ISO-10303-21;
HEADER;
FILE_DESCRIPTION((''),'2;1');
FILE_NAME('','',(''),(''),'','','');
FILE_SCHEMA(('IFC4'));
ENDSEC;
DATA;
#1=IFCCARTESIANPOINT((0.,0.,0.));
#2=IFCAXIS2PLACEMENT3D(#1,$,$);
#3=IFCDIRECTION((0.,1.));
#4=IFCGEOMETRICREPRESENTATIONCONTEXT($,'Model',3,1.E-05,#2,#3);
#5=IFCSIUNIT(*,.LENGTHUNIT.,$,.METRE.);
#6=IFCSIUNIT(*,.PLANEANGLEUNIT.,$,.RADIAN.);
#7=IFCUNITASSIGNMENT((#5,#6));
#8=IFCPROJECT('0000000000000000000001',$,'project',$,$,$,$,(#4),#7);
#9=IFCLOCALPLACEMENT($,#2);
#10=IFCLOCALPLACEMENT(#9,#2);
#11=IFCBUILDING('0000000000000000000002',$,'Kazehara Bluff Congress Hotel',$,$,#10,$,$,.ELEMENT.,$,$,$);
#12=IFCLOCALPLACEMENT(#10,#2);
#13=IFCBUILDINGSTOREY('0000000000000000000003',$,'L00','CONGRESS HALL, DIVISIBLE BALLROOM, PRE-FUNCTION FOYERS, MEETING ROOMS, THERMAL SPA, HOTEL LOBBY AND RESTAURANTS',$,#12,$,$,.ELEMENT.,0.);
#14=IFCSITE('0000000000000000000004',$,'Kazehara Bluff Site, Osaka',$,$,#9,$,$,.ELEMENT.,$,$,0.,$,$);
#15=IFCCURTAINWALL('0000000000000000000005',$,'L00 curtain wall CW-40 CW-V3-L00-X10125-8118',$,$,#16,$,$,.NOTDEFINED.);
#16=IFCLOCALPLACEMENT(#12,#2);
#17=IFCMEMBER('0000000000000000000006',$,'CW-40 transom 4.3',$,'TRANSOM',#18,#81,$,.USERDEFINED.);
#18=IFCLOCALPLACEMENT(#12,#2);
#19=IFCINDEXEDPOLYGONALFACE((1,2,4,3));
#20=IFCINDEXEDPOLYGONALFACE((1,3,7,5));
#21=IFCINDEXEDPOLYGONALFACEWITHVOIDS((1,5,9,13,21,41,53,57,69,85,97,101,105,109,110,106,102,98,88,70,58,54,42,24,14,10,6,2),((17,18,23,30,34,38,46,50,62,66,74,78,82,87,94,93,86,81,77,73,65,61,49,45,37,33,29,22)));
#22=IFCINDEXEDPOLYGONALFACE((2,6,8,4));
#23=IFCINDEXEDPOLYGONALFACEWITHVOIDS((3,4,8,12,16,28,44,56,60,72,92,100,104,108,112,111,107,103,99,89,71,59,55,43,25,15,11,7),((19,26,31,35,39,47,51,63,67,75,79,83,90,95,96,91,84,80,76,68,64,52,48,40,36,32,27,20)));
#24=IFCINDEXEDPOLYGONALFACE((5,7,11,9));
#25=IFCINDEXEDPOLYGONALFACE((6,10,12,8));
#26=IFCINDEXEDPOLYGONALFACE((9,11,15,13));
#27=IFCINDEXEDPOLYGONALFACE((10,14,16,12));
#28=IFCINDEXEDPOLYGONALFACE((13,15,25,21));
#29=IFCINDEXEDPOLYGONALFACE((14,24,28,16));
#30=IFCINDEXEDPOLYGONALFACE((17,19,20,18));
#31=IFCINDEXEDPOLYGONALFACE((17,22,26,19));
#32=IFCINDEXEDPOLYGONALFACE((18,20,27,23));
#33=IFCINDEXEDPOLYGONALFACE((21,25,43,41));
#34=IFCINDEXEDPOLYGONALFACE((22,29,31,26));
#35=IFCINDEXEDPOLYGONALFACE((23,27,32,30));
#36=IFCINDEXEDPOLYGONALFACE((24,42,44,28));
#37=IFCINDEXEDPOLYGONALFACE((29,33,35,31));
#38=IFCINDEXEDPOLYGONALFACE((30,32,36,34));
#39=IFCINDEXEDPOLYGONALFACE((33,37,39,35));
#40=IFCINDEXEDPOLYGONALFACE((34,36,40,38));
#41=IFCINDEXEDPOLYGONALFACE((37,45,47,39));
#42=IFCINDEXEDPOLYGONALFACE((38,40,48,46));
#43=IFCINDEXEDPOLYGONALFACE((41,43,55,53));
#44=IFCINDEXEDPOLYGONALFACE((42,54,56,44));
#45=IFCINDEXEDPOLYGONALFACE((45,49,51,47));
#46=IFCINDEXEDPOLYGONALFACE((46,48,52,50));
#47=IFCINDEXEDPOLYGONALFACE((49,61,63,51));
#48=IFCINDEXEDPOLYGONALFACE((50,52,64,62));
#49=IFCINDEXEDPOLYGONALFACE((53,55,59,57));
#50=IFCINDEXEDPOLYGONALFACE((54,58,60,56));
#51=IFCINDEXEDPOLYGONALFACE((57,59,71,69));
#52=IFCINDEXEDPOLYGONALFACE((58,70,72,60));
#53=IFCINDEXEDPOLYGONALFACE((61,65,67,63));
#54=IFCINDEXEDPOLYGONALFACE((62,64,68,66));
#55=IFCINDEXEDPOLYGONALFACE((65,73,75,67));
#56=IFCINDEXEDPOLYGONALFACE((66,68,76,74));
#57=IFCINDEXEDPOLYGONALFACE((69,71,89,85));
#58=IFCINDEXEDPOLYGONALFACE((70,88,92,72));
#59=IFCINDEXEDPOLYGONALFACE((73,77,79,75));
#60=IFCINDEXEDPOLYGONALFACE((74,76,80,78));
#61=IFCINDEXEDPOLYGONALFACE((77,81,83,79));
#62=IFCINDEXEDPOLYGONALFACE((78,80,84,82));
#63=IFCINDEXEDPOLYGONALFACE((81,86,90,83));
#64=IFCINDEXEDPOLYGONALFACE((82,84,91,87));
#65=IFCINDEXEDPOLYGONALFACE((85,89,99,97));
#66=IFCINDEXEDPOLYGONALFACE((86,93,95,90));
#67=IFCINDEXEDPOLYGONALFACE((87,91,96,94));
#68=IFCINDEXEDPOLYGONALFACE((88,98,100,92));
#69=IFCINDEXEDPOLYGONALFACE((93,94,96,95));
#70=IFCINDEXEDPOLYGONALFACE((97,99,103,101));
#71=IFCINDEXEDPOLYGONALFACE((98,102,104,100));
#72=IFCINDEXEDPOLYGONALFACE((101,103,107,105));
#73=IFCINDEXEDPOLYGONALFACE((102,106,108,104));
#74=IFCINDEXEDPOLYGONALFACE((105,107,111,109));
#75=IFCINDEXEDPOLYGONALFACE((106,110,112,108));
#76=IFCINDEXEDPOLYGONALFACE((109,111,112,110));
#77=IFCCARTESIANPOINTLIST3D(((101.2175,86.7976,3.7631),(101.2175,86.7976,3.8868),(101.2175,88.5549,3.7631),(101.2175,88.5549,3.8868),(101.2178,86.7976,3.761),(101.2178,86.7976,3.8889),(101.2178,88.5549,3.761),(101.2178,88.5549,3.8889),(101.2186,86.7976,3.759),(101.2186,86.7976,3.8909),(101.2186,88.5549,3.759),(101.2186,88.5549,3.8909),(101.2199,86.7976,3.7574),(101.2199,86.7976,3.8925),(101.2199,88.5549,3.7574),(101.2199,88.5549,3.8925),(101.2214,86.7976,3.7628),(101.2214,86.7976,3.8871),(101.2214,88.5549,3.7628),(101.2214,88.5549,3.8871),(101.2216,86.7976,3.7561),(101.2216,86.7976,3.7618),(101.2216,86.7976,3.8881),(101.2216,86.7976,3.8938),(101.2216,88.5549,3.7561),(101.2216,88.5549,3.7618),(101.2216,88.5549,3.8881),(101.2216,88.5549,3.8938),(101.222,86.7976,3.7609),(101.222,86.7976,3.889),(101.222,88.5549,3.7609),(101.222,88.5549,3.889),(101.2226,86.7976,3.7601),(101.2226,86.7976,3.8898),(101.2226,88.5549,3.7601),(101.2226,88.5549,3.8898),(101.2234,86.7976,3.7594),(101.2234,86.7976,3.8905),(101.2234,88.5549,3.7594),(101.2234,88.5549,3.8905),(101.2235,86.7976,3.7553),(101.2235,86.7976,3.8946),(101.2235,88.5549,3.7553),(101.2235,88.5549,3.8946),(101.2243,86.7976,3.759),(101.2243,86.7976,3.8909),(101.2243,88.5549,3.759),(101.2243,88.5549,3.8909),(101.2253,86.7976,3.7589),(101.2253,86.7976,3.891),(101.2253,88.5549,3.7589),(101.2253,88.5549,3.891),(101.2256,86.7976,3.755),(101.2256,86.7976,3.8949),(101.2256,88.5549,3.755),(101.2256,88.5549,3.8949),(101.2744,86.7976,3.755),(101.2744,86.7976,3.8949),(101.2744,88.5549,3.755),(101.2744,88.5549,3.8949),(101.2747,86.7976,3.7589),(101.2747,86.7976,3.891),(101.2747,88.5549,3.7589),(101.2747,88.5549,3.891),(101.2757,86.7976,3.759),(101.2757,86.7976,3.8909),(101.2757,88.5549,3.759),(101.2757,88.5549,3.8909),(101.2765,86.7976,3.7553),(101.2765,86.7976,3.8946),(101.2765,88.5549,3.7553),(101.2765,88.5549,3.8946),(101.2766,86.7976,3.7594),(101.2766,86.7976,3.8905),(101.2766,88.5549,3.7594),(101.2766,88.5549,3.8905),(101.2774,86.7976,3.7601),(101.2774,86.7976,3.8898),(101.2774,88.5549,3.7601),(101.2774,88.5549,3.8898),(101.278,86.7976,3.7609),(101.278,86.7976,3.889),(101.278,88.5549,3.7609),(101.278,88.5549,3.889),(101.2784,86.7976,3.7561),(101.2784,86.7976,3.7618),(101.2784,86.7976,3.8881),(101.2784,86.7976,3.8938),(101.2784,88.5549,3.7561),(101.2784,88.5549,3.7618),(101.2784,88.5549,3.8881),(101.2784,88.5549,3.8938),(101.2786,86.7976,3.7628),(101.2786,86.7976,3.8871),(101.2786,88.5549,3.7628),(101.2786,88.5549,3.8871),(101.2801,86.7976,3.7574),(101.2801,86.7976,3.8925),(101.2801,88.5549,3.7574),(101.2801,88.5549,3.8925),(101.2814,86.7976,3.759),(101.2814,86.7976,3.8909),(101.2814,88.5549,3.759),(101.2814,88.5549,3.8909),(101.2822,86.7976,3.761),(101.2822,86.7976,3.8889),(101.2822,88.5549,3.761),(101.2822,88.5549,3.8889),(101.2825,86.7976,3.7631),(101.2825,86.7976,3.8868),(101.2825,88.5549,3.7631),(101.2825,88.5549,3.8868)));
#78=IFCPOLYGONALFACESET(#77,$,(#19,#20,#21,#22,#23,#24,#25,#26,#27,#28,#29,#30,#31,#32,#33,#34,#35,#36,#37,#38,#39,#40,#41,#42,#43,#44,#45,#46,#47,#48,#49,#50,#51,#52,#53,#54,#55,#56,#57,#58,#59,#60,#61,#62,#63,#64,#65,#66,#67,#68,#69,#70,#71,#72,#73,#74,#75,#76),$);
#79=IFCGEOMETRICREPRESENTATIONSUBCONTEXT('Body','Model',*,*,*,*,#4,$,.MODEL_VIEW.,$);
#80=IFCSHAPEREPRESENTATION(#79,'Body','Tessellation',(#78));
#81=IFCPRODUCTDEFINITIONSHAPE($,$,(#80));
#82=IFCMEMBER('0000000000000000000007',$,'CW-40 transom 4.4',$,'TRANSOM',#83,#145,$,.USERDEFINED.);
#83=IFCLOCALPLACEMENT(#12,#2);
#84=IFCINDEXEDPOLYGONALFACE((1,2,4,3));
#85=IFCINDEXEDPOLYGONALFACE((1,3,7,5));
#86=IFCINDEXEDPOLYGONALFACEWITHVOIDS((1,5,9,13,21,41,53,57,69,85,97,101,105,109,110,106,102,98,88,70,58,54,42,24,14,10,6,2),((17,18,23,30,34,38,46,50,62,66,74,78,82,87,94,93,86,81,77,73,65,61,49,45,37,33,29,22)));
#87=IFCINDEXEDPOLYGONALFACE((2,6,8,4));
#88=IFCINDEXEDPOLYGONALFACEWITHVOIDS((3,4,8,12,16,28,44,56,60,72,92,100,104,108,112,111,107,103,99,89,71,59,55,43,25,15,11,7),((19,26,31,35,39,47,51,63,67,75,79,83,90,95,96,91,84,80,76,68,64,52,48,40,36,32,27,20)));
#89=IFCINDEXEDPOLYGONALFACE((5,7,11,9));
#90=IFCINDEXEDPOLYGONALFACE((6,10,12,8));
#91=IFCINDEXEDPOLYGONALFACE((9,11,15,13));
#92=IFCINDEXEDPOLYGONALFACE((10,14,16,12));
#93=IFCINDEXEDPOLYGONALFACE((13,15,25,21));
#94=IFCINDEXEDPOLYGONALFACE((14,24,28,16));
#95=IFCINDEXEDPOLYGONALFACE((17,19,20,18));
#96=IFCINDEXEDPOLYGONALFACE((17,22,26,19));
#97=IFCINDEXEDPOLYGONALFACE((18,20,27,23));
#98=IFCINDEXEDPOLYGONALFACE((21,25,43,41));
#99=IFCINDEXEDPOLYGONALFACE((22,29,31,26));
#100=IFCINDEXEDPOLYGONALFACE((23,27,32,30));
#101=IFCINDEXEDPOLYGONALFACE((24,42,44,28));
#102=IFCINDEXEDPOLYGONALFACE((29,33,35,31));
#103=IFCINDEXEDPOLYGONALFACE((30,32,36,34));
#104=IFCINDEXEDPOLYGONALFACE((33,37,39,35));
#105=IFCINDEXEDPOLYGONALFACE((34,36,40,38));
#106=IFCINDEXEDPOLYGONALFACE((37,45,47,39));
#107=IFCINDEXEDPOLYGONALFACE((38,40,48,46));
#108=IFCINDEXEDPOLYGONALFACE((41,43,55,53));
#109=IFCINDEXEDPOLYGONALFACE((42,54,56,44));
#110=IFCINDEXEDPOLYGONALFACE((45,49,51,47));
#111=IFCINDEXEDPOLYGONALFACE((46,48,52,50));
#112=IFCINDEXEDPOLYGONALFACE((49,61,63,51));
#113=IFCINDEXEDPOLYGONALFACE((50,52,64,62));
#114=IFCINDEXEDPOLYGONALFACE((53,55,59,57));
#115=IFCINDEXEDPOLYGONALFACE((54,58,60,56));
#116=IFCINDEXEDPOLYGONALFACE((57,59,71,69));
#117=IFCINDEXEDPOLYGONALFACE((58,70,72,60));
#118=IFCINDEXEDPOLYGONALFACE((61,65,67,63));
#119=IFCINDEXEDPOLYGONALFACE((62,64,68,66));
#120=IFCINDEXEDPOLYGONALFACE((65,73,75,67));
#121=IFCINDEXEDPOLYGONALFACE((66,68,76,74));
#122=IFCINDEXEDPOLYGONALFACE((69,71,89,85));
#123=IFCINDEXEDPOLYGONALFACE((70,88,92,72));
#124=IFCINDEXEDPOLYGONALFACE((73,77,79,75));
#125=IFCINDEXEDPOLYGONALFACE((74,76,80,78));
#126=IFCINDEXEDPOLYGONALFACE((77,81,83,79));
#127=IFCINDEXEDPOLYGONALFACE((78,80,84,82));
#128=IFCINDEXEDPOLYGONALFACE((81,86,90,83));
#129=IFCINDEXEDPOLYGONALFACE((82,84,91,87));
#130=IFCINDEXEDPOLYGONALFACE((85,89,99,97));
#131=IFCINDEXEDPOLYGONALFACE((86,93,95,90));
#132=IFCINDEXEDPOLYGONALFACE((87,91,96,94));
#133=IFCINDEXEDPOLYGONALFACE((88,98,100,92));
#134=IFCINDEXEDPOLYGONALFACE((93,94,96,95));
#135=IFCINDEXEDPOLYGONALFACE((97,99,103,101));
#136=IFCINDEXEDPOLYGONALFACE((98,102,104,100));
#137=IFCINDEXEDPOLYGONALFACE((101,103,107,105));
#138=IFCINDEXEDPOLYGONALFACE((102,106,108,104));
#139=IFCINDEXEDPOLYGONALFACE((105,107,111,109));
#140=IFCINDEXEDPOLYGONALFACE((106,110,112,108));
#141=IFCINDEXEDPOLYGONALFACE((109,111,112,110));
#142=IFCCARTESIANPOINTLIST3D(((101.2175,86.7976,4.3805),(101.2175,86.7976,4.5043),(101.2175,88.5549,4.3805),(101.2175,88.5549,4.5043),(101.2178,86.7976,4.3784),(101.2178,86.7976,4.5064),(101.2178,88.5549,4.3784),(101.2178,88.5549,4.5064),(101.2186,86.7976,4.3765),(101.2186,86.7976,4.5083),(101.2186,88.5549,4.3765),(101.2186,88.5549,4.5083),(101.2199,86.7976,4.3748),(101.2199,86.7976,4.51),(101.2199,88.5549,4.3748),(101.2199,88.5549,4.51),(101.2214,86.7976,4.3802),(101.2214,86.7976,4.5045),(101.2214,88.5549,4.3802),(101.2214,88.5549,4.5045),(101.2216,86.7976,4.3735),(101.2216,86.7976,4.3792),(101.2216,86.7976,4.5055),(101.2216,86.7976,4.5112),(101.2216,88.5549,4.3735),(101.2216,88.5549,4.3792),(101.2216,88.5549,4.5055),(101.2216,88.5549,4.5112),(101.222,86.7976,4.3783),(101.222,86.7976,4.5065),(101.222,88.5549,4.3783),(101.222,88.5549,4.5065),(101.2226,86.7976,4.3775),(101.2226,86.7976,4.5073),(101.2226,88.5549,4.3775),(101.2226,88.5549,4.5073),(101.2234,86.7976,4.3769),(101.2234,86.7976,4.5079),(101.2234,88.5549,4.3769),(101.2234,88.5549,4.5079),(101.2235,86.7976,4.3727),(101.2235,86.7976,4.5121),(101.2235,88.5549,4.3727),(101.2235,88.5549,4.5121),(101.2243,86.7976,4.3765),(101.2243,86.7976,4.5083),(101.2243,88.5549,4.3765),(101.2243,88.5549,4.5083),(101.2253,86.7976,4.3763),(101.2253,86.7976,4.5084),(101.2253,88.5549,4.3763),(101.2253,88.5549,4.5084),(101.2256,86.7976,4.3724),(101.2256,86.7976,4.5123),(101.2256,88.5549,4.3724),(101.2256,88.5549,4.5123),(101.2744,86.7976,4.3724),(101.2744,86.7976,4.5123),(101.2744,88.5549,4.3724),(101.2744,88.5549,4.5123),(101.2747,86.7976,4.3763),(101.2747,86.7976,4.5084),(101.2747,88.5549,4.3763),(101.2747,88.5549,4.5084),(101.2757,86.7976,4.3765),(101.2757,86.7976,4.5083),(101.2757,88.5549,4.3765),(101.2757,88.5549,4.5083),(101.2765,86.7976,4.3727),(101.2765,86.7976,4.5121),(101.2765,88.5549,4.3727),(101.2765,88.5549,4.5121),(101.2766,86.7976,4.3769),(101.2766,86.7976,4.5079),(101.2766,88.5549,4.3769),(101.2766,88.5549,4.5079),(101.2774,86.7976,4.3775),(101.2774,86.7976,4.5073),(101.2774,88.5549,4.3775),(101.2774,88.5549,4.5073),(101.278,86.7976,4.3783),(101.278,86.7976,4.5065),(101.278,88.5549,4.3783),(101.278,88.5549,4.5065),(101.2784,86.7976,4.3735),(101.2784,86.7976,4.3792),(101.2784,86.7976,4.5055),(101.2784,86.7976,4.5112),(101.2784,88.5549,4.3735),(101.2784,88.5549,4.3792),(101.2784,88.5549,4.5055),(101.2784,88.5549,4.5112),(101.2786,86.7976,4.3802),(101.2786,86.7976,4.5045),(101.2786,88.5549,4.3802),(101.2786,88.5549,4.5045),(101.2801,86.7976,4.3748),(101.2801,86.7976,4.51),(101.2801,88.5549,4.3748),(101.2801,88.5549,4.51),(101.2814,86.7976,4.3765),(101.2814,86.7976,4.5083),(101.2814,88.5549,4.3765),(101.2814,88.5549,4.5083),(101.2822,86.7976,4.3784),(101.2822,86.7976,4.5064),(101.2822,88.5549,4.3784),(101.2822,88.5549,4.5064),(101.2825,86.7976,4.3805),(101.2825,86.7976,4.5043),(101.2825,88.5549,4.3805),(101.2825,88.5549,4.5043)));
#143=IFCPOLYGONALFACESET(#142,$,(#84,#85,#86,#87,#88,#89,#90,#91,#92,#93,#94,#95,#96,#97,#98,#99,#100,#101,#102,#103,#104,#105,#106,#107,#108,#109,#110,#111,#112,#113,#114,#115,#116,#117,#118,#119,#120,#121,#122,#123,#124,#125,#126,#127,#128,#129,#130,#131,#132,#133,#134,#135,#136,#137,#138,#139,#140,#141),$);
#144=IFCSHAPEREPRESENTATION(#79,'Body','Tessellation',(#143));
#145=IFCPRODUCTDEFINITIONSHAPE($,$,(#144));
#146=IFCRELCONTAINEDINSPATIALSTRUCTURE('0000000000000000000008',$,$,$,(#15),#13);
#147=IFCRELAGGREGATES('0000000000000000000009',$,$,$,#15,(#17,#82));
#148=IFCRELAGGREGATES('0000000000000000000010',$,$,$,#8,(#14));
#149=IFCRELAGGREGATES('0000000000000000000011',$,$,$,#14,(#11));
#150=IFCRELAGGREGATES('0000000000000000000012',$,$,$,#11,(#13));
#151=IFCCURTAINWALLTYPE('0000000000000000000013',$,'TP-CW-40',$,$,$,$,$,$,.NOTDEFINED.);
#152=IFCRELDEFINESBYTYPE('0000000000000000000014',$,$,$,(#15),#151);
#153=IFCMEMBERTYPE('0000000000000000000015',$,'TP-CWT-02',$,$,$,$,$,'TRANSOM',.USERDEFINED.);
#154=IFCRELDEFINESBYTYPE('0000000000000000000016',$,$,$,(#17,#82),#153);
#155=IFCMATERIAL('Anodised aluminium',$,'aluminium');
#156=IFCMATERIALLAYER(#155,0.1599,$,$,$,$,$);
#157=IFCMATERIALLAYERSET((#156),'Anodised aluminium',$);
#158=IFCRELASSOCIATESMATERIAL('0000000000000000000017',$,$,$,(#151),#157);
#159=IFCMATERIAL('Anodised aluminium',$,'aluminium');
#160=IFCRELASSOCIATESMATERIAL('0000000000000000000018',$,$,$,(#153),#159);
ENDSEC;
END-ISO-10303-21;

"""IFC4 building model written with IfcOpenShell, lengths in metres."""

from ifc_helpers import new_model, si_unit, direction, frame, origin, origin_2d, place, context, subcontext, project, spatial, hollow_rectangle, extrude, material, layer, layer_set, material_profile, profile_set, type_object, element, aggregate, save


model = new_model("IFC4")

# Units and contexts
model_context = context("Model", 3, precision=1e-05, world=origin(), true_north=direction((0.0, 1.0)))
body_context = subcontext(model_context, "Body", "Model", "MODEL_VIEW")
ifc_project = project(units=[si_unit("LENGTHUNIT", "METRE"), si_unit("PLANEANGLEUNIT", "RADIAN")], contexts=[model_context])

# Site, building, storey
site_placement = place(None, origin())
site = spatial("IfcSite", under=ifc_project, at=site_placement, Name="Kazehara Bluff Site, Osaka", CompositionType="ELEMENT", RefElevation=0.0)
building_placement = place(site_placement, origin())
building = spatial("IfcBuilding", under=site, at=building_placement, Name="Kazehara Bluff Congress Hotel", CompositionType="ELEMENT")
storey_placement = place(building_placement, origin())
storey = spatial("IfcBuildingStorey", under=building, at=storey_placement, Name="L00", Description="CONGRESS HALL, DIVISIBLE BALLROOM, PRE-FUNCTION FOYERS, MEETING ROOMS, THERMAL SPA, HOTEL LOBBY AND RESTAURANTS", CompositionType="ELEMENT", Elevation=0.0)

# Curtain wall
ifc_material_1 = material(Name="Anodised aluminium", Category="aluminium")
ifc_layer_1 = layer(ifc_material_1, 0.1599)
ifc_layer_set_1 = layer_set([ifc_layer_1], Name="Anodised aluminium")
curtain_wall_type = type_object("IfcCurtainWallType", Name="TP-CW-40", PredefinedType="NOTDEFINED", material=ifc_layer_set_1)
curtain_wall_1_placement = place(storey_placement, origin())
curtain_wall_1 = element("IfcCurtainWall", 1, at=curtain_wall_1_placement, inside=storey, type_object=curtain_wall_type, Name="L00 curtain wall CW-40 CW-V3-L00-X10125-8118", PredefinedType="NOTDEFINED")

# Members
ifc_material_2 = material(Name="Anodised aluminium", Category="aluminium")
ifc_material_profile_1 = material_profile(ifc_material_2, hollow_rectangle(XDim=0.0649, YDim=0.1399, WallThickness=0.0039, InnerFilletRadius=0.0039, OuterFilletRadius=0.0081, at=origin_2d()))
ifc_profile_set_1 = profile_set([ifc_material_profile_1], Name="Anodised aluminium")
member_type_1 = type_object("IfcMemberType", Name="TP-CWT-02", ElementType="TRANSOM", PredefinedType="USERDEFINED", material=ifc_profile_set_1)
member_1_placement = place(storey_placement, frame((101.25, 86.7976, 3.825), z_axis=(0.0, 1.0, 0.0), x_axis=(-1.0, 0.0, 0.0)))
member_1 = element("IfcMember", 2, at=member_1_placement, type_object=member_type_1, Name="CW-40 transom 4.3", ObjectType="TRANSOM", PredefinedType="USERDEFINED", context=body_context, shape_type="SweptSolid", body=[
    extrude(hollow_rectangle(XDim=0.0649, YDim=0.1399, WallThickness=0.0039, InnerFilletRadius=0.0039, OuterFilletRadius=0.0081, at=origin_2d()), origin(), (0.0, 0.0, 1.0), 1.7573),
])
member_2_placement = place(storey_placement, frame((101.25, 86.7976, 4.4424), z_axis=(0.0, 1.0, 0.0), x_axis=(-1.0, 0.0, 0.0)))
member_2 = element("IfcMember", 3, at=member_2_placement, type_object=member_type_1, Name="CW-40 transom 4.4", ObjectType="TRANSOM", PredefinedType="USERDEFINED", context=body_context, shape_type="SweptSolid", body=[
    extrude(hollow_rectangle(XDim=0.0649, YDim=0.1399, WallThickness=0.0039, InnerFilletRadius=0.0039, OuterFilletRadius=0.0081, at=origin_2d()), origin(), (0.0, 0.0, 1.0), 1.7573),
])

aggregate(curtain_wall_1, [member_1, member_2])

save(model, "model.ifc")
